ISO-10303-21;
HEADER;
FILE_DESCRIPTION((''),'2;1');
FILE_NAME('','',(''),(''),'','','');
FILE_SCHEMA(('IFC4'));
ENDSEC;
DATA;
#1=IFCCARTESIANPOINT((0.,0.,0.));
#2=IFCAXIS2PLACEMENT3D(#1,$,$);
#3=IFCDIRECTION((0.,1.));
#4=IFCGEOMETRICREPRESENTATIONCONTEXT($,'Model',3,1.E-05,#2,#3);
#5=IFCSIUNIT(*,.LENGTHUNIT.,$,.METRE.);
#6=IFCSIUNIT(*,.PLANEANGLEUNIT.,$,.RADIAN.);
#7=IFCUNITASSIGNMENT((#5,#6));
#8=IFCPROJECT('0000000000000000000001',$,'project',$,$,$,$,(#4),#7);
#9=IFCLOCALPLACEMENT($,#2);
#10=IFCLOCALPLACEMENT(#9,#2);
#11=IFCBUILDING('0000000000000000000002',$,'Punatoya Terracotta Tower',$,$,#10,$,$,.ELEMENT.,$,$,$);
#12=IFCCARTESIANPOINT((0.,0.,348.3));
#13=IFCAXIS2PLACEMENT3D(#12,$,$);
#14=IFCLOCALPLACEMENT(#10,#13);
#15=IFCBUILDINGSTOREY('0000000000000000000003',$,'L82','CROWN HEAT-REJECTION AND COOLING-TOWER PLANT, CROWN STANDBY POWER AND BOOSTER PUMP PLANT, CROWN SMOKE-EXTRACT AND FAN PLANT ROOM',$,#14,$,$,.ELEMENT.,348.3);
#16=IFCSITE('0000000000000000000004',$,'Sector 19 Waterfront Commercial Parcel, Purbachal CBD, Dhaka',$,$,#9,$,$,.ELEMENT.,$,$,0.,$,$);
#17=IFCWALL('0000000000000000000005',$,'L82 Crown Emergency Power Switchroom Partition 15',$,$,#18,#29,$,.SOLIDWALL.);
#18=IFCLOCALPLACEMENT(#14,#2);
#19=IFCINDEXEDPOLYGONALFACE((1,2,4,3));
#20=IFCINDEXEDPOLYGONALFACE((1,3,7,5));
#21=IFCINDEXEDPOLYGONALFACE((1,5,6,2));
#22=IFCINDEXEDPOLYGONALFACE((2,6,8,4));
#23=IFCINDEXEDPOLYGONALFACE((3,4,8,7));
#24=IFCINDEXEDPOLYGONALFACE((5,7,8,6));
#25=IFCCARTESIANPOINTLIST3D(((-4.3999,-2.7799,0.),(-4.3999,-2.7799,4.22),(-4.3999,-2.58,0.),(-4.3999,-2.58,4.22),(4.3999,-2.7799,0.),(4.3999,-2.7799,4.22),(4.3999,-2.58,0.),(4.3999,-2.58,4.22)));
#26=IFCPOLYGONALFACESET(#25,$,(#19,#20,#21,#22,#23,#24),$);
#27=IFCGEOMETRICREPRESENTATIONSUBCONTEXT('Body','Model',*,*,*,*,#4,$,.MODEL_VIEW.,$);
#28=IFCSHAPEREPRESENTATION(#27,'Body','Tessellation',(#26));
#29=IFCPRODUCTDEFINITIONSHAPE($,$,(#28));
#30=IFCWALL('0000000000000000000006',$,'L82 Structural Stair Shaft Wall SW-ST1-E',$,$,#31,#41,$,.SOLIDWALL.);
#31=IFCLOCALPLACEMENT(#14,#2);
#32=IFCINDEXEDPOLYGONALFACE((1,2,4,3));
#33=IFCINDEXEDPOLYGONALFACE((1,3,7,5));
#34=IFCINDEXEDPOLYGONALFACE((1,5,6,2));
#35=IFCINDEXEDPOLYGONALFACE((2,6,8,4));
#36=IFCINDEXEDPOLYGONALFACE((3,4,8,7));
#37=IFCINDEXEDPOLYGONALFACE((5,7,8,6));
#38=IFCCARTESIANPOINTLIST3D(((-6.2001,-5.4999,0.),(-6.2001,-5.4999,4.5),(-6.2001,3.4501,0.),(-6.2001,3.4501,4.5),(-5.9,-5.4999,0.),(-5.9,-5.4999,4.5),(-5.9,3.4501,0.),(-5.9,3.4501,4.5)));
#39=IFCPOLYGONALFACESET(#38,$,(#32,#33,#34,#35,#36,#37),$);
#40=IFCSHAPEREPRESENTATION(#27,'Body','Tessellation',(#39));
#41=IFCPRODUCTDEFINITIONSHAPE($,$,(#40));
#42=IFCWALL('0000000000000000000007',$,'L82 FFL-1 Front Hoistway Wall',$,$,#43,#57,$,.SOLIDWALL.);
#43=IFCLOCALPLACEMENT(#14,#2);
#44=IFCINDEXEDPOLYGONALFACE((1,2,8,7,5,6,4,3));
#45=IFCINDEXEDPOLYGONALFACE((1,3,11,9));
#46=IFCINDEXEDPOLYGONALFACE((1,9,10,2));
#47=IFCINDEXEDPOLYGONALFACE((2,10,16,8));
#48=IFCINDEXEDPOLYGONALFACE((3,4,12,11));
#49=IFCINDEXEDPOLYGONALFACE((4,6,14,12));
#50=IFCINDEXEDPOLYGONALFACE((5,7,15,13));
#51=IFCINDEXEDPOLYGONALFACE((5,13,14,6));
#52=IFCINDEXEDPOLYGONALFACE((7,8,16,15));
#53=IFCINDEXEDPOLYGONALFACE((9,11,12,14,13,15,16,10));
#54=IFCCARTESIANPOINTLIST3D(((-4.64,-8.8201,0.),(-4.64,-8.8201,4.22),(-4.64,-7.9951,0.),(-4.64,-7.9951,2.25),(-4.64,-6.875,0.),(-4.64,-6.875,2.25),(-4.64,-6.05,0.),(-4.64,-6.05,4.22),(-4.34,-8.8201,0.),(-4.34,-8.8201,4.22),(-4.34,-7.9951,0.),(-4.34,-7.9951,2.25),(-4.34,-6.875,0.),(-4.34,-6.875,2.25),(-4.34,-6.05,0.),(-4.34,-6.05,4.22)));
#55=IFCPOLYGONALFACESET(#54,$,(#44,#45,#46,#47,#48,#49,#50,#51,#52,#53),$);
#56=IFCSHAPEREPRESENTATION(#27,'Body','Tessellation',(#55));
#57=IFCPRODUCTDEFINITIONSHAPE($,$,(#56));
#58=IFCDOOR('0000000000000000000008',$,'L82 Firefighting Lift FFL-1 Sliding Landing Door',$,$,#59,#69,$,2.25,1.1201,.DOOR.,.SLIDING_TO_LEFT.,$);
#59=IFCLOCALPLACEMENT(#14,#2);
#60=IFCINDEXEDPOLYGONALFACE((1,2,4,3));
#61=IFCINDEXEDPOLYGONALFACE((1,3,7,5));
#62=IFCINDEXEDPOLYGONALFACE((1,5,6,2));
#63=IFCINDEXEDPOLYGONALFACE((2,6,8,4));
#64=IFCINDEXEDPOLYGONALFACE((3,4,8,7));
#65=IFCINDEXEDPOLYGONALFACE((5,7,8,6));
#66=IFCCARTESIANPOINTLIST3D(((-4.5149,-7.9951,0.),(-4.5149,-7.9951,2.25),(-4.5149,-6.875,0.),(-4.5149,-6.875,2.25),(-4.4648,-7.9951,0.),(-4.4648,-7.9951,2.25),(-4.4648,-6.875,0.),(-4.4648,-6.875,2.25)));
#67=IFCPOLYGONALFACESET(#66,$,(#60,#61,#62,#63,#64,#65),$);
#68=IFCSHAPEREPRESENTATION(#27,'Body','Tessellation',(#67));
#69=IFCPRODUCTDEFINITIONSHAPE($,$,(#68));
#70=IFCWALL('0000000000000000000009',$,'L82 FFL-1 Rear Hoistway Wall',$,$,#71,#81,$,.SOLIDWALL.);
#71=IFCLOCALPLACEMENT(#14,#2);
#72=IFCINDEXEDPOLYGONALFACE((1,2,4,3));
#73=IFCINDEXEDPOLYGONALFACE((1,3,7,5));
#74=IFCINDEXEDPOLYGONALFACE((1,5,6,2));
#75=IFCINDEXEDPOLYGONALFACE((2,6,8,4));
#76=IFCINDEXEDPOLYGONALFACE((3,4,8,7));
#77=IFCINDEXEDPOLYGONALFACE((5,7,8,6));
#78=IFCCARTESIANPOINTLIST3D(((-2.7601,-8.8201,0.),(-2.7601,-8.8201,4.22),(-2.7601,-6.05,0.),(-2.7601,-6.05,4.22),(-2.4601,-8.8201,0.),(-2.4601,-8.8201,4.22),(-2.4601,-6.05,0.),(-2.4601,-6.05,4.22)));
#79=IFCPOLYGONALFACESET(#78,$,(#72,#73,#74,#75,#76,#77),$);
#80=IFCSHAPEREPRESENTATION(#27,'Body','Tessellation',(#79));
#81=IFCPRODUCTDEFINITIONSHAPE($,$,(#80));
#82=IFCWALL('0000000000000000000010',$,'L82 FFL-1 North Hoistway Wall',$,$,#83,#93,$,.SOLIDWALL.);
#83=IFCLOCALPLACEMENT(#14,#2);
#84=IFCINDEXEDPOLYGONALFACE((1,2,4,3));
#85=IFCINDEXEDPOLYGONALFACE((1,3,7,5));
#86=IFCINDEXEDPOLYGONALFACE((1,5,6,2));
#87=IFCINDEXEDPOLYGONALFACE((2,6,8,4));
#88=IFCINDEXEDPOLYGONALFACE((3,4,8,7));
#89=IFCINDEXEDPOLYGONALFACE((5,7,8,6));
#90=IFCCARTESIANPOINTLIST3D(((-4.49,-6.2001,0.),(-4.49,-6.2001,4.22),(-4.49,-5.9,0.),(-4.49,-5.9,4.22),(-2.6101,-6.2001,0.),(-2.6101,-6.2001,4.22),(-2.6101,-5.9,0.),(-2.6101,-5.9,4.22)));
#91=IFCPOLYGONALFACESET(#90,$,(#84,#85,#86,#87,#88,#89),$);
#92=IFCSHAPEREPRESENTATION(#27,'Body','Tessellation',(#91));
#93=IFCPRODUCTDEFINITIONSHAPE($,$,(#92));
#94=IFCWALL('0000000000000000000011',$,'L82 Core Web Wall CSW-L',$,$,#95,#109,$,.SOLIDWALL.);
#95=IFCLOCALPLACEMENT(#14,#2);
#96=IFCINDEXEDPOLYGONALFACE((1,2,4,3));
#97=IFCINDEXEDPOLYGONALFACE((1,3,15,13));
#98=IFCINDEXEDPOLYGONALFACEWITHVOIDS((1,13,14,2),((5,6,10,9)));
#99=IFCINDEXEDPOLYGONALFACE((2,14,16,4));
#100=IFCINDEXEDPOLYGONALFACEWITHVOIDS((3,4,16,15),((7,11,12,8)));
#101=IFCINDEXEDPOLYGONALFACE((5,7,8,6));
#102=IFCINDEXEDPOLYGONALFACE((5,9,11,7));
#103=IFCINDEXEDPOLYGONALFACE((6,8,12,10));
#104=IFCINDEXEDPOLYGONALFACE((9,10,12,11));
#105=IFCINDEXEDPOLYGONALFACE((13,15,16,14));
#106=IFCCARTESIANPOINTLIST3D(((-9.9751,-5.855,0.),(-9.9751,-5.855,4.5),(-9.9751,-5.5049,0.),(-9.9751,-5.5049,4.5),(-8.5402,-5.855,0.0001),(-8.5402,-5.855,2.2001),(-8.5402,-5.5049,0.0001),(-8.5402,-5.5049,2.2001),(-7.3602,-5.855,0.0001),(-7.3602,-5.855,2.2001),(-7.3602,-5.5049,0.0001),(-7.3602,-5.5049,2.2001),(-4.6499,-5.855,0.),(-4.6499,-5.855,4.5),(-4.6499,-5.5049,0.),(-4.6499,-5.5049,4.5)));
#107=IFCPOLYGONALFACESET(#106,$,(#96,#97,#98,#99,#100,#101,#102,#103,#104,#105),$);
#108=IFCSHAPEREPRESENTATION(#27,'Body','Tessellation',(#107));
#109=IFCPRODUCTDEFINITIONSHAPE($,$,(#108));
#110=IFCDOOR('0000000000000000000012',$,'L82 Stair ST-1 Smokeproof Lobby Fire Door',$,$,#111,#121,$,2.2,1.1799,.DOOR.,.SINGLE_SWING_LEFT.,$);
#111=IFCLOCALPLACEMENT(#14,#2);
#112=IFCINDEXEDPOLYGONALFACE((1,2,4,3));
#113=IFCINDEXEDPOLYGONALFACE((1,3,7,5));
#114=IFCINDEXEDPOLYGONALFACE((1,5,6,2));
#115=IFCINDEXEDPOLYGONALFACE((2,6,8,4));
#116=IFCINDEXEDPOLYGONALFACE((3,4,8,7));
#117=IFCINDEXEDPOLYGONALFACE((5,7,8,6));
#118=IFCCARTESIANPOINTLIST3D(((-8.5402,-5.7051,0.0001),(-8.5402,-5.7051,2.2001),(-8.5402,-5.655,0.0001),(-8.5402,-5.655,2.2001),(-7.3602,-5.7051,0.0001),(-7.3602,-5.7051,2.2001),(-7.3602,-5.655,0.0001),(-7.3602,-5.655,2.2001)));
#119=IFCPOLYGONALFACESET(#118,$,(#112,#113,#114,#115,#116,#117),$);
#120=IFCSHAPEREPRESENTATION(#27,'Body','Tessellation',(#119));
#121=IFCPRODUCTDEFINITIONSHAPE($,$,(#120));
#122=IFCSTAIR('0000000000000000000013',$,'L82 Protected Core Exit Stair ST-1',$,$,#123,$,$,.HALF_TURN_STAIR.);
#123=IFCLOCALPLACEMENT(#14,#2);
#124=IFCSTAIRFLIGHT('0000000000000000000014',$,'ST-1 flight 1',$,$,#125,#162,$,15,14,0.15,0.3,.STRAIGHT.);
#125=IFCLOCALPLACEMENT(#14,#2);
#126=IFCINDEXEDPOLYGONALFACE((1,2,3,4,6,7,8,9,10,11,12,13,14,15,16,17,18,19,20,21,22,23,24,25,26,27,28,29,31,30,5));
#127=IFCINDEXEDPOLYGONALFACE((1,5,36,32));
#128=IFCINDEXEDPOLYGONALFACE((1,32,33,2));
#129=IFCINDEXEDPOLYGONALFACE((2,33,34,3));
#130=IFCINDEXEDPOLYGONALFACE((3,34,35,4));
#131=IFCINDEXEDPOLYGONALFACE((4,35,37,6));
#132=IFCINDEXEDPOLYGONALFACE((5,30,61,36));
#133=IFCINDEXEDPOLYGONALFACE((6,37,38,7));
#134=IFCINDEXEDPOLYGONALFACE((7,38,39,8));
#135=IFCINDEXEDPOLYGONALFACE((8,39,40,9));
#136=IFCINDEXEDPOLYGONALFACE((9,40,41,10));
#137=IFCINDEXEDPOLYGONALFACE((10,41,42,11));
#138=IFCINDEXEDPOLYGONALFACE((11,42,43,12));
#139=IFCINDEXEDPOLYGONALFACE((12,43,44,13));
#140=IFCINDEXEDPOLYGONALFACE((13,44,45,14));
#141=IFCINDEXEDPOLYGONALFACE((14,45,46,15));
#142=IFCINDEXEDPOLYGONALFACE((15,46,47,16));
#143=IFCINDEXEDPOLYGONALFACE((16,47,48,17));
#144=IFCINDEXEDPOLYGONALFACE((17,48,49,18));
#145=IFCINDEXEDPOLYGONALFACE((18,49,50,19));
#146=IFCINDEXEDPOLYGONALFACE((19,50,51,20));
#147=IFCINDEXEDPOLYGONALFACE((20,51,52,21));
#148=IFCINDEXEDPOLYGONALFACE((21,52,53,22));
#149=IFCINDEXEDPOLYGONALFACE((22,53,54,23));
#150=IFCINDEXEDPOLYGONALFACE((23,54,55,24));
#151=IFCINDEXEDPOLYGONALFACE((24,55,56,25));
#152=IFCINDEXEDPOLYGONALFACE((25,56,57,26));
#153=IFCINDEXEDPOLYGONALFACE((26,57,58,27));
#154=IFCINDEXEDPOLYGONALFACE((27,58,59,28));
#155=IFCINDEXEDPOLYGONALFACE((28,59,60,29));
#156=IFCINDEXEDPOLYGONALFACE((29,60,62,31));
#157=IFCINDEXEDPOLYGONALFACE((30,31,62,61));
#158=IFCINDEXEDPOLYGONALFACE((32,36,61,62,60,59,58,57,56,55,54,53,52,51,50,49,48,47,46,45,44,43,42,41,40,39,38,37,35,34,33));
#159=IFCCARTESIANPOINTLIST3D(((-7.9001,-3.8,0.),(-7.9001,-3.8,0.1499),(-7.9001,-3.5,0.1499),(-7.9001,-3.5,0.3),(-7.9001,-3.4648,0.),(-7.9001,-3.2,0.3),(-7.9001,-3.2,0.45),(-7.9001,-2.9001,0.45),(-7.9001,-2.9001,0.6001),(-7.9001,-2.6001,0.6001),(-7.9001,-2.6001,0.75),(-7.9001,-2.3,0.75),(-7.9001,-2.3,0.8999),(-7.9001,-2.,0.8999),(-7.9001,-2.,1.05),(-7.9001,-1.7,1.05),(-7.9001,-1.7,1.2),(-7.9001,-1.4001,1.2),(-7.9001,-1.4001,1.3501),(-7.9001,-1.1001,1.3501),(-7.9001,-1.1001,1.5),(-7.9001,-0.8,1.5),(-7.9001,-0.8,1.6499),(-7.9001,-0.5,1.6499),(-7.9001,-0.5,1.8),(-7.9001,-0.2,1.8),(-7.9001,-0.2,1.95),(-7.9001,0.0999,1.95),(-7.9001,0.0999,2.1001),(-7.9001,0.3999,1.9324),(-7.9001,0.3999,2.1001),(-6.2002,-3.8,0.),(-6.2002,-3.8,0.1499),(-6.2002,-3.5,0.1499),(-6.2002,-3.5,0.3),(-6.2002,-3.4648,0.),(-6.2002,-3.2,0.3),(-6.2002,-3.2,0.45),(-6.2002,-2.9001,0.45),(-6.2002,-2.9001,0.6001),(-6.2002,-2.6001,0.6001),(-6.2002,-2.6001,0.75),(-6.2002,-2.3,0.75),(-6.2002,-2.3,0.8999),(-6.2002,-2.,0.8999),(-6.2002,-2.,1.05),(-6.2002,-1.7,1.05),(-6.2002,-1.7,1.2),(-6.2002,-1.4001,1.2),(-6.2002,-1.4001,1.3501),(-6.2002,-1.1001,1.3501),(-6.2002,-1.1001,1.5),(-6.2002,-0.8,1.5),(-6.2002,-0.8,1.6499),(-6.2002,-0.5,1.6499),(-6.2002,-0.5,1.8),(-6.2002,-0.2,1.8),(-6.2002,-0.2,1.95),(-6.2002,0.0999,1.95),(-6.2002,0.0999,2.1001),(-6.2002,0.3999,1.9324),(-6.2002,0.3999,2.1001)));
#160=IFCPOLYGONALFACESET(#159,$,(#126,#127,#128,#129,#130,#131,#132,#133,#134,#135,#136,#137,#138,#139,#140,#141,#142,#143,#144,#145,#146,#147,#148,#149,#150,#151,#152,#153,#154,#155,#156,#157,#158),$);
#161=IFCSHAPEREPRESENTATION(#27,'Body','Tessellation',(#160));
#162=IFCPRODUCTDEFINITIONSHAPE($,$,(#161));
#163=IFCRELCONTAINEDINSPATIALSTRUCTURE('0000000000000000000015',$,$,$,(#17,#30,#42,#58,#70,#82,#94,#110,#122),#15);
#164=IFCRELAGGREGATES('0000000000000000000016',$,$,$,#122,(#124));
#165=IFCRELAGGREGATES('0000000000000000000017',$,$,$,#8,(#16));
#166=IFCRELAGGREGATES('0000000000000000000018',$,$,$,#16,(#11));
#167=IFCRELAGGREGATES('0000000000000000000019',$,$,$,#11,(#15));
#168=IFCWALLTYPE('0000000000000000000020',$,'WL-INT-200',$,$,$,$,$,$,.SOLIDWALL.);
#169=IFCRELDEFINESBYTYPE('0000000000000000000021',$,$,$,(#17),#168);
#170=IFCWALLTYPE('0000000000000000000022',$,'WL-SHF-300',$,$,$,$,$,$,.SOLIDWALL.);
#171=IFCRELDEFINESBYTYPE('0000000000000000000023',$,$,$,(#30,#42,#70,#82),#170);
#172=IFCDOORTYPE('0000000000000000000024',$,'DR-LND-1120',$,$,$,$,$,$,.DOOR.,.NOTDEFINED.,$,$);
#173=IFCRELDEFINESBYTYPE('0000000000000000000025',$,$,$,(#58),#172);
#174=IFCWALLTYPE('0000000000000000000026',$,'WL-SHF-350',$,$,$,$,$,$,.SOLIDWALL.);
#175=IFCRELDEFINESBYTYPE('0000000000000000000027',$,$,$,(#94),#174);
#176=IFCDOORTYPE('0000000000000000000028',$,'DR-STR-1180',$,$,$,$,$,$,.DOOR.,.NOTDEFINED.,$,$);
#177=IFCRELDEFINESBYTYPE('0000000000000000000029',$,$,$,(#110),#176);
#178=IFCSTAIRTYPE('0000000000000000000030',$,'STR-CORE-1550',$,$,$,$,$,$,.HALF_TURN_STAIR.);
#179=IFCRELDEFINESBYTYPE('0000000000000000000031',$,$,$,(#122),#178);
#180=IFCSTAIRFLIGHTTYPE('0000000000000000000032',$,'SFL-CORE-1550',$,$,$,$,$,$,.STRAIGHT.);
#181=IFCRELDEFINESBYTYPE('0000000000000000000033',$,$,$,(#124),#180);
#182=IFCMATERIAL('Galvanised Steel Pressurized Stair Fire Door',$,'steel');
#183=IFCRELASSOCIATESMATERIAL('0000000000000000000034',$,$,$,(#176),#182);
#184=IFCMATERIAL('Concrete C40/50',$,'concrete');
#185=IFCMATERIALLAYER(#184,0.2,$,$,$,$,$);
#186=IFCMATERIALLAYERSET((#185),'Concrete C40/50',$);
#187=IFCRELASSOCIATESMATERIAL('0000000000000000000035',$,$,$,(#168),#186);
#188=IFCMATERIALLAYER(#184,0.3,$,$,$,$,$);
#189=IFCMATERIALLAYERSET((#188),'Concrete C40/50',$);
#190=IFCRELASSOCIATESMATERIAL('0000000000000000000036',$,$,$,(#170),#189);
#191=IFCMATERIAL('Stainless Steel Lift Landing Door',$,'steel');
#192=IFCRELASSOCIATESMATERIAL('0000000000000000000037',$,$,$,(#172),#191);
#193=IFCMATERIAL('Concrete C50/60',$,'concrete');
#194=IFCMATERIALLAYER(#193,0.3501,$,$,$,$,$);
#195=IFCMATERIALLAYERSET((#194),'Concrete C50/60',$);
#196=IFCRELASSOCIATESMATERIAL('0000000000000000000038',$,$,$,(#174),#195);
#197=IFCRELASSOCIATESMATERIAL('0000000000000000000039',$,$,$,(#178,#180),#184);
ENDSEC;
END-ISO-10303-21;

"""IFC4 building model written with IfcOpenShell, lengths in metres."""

from ifc_helpers import new_model, si_unit, direction, frame, frame_2d, origin, place, context, subcontext, project, spatial, polyline, rectangle, outline, extrude, material, layer, layer_set, type_object, element, fill, aggregate, save


model = new_model("IFC4")

# Units and contexts
model_context = context("Model", 3, precision=1e-05, world=origin(), true_north=direction((0.0, 1.0)))
body_context = subcontext(model_context, "Body", "Model", "MODEL_VIEW")
ifc_project = project(units=[si_unit("LENGTHUNIT", "METRE"), si_unit("PLANEANGLEUNIT", "RADIAN")], contexts=[model_context])

# Site, building, storey
site_placement = place(None, origin())
site = spatial("IfcSite", under=ifc_project, at=site_placement, Name="Sector 19 Waterfront Commercial Parcel, Purbachal CBD, Dhaka", CompositionType="ELEMENT", RefElevation=0.0)
building_placement = place(site_placement, origin())
building = spatial("IfcBuilding", under=site, at=building_placement, Name="Punatoya Terracotta Tower", CompositionType="ELEMENT")
storey_placement = place(building_placement, frame((0.0, 0.0, 348.3)))
storey = spatial("IfcBuildingStorey", under=building, at=storey_placement, Name="L82", Description="CROWN HEAT-REJECTION AND COOLING-TOWER PLANT, CROWN STANDBY POWER AND BOOSTER PUMP PLANT, CROWN SMOKE-EXTRACT AND FAN PLANT ROOM", CompositionType="ELEMENT", Elevation=348.3)

# Shared definitions
ifc_material_1 = material(Name="Concrete C50/60", Category="concrete")

# Shared definitions
ifc_material_2 = material(Name="Concrete C40/50", Category="concrete")

# Shared definitions
ifc_material_3 = material(Name="Galvanised Steel Pressurized Stair Fire Door", Category="steel")
door_type_1 = type_object("IfcDoorType", Name="DR-STR-1180", OperationType="NOTDEFINED", PredefinedType="DOOR", material=ifc_material_3)

# Shared definitions
ifc_layer_1 = layer(ifc_material_2, 0.2)
ifc_layer_set_1 = layer_set([ifc_layer_1], Name="Concrete C40/50")
wall_type_1 = type_object("IfcWallType", Name="WL-INT-200", PredefinedType="SOLIDWALL", material=ifc_layer_set_1)

# Walls
wall_1_placement = place(storey_placement, frame((-4.3999, -2.6799, 0.0), z_axis=(0.0, 0.0, 1.0), x_axis=(1.0, 0.0, 0.0)))
element("IfcWall", 1, at=wall_1_placement, inside=storey, type_object=wall_type_1, Name="L82 Crown Emergency Power Switchroom Partition 15", PredefinedType="SOLIDWALL", context=body_context, shape_type="SweptSolid", body=[
    extrude(rectangle(XDim=8.7998, YDim=0.2, at=frame_2d((4.3999, 0.0))), origin(), (0.0, 0.0, 1.0), 4.22),
])
ifc_layer_2 = layer(ifc_material_2, 0.3)
ifc_layer_set_2 = layer_set([ifc_layer_2], Name="Concrete C40/50")
wall_type_2 = type_object("IfcWallType", Name="WL-SHF-300", PredefinedType="SOLIDWALL", material=ifc_layer_set_2)
wall_2_placement = place(storey_placement, frame((-6.05, -5.5, 0.0), z_axis=(0.0, 0.0, 1.0), x_axis=(0.0, 1.0, 0.0)))
element("IfcWall", 2, at=wall_2_placement, inside=storey, type_object=wall_type_2, Name="L82 Structural Stair Shaft Wall SW-ST1-E", PredefinedType="SOLIDWALL", context=body_context, shape_type="SweptSolid", body=[
    extrude(rectangle(XDim=8.95, YDim=0.3, at=frame_2d((4.4751, 0.0))), origin(), (0.0, 0.0, 1.0), 4.5),
])

# Wall, opening, door
wall_3_placement = place(storey_placement, frame((-4.49, -8.8201, 0.0), z_axis=(0.0, 0.0, 1.0), x_axis=(0.0, 1.0, 0.0)))
wall_3 = element("IfcWall", 3, at=wall_3_placement, inside=storey, type_object=wall_type_2, Name="L82 FFL-1 Front Hoistway Wall", PredefinedType="SOLIDWALL", context=body_context, shape_type="SweptSolid", body=[
    extrude(rectangle(XDim=2.77, YDim=0.3, at=frame_2d((1.385, 0.0))), origin(), (0.0, 0.0, 1.0), 4.22),
])
opening_1_placement = place(wall_3_placement, frame((0.825, 0.0, 0.0)))
opening_1 = element("IfcOpeningElement", 4, at=opening_1_placement, cuts=wall_3, PredefinedType="OPENING", context=body_context, shape_type="SweptSolid", body=[
    extrude(rectangle(XDim=1.1201, YDim=2.25, at=frame_2d((0.5601, 1.125))), frame((0.0, 0.1599, 0.0), z_axis=(0.0, -1.0, 0.0), x_axis=(1.0, 0.0, 0.0)), (0.0, 0.0, 1.0), 0.3201),
])
ifc_material_4 = material(Name="Stainless Steel Lift Landing Door", Category="steel")
door_type_2 = type_object("IfcDoorType", Name="DR-LND-1120", OperationType="NOTDEFINED", PredefinedType="DOOR", material=ifc_material_4)
door_1_placement = place(opening_1_placement, origin())
door_1 = element("IfcDoor", 5, at=door_1_placement, inside=storey, type_object=door_type_2, Name="L82 Firefighting Lift FFL-1 Sliding Landing Door", OperationType="SLIDING_TO_LEFT", OverallHeight=2.25, OverallWidth=1.1201, PredefinedType="DOOR", context=body_context, shape_type="SweptSolid", body=[
    extrude(rectangle(XDim=1.1201, YDim=2.25, at=frame_2d((0.5601, 1.125))), frame((0.0, 0.0249, 0.0), z_axis=(0.0, -1.0, 0.0), x_axis=(1.0, 0.0, 0.0)), (0.0, 0.0, 1.0), 0.05),
])
fill(opening_1, door_1)

# Walls
wall_4_placement = place(storey_placement, frame((-2.6101, -8.8201, 0.0), z_axis=(0.0, 0.0, 1.0), x_axis=(0.0, 1.0, 0.0)))
element("IfcWall", 6, at=wall_4_placement, inside=storey, type_object=wall_type_2, Name="L82 FFL-1 Rear Hoistway Wall", PredefinedType="SOLIDWALL", context=body_context, shape_type="SweptSolid", body=[
    extrude(rectangle(XDim=2.77, YDim=0.3, at=frame_2d((1.385, 0.0))), origin(), (0.0, 0.0, 1.0), 4.22),
])
wall_5_placement = place(storey_placement, frame((-4.49, -6.05, 0.0), z_axis=(0.0, 0.0, 1.0), x_axis=(1.0, 0.0, 0.0)))
element("IfcWall", 7, at=wall_5_placement, inside=storey, type_object=wall_type_2, Name="L82 FFL-1 North Hoistway Wall", PredefinedType="SOLIDWALL", context=body_context, shape_type="SweptSolid", body=[
    extrude(rectangle(XDim=1.8799, YDim=0.3, at=frame_2d((0.9399, 0.0))), origin(), (0.0, 0.0, 1.0), 4.22),
])

# Wall, opening, door
ifc_layer_3 = layer(ifc_material_1, 0.3501)
ifc_layer_set_3 = layer_set([ifc_layer_3], Name="Concrete C50/60")
wall_type_3 = type_object("IfcWallType", Name="WL-SHF-350", PredefinedType="SOLIDWALL", material=ifc_layer_set_3)
wall_6_placement = place(storey_placement, frame((-9.9751, -5.6799, 0.0), z_axis=(0.0, 0.0, 1.0), x_axis=(1.0, 0.0, 0.0)))
wall_6 = element("IfcWall", 8, at=wall_6_placement, inside=storey, type_object=wall_type_3, Name="L82 Core Web Wall CSW-L", PredefinedType="SOLIDWALL", context=body_context, shape_type="SweptSolid", body=[
    extrude(rectangle(XDim=5.3252, YDim=0.3501, at=frame_2d((2.6626, 0.0))), origin(), (0.0, 0.0, 1.0), 4.5),
])
opening_2_placement = place(wall_6_placement, frame((1.4351, 0.0, 0.0)))
opening_2 = element("IfcOpeningElement", 9, at=opening_2_placement, cuts=wall_6, PredefinedType="OPENING", context=body_context, shape_type="SweptSolid", body=[
    extrude(rectangle(XDim=1.1799, YDim=2.2, at=frame_2d((0.5898, 1.1001))), frame((0.0, 0.1851, 0.0), z_axis=(0.0, -1.0, 0.0), x_axis=(1.0, 0.0, 0.0)), (0.0, 0.0, 1.0), 0.3701),
])
door_2_placement = place(opening_2_placement, origin())
door_2 = element("IfcDoor", 10, at=door_2_placement, inside=storey, type_object=door_type_1, Name="L82 Stair ST-1 Smokeproof Lobby Fire Door", OperationType="SINGLE_SWING_LEFT", OverallHeight=2.2, OverallWidth=1.1799, PredefinedType="DOOR", context=body_context, shape_type="SweptSolid", body=[
    extrude(rectangle(XDim=1.1799, YDim=2.2, at=frame_2d((0.5898, 1.1001))), frame((0.0, 0.0249, 0.0), z_axis=(0.0, -1.0, 0.0), x_axis=(1.0, 0.0, 0.0)), (0.0, 0.0, 1.0), 0.05),
])
fill(opening_2, door_2)

# Stair, stair flight
stair_type = type_object("IfcStairType", Name="STR-CORE-1550", PredefinedType="HALF_TURN_STAIR", material=ifc_material_2)
stair_placement = place(storey_placement, origin())
stair = element("IfcStair", 11, at=stair_placement, inside=storey, type_object=stair_type, Name="L82 Protected Core Exit Stair ST-1", PredefinedType="HALF_TURN_STAIR")
stair_flight_type = type_object("IfcStairFlightType", Name="SFL-CORE-1550", PredefinedType="STRAIGHT", material=ifc_material_2)
stair_flight_placement = place(storey_placement, frame((-7.05, -3.8, 0.0), z_axis=(0.0, 0.0, 1.0), x_axis=(0.0, 1.0, 0.0)))
stair_flight = element("IfcStairFlight", 12, at=stair_flight_placement, type_object=stair_flight_type, Name="ST-1 flight 1", NumberOfRisers=15, NumberOfTreads=14, PredefinedType="STRAIGHT", RiserHeight=0.15, TreadLength=0.3, context=body_context, shape_type="SweptSolid", body=[
    extrude(outline(polyline([(0.0, 0.0), (0.0, 0.1499), (0.3, 0.1499), (0.3, 0.3), (0.6001, 0.3), (0.6001, 0.45), (0.8999, 0.45), (0.8999, 0.6001), (1.2, 0.6001), (1.2, 0.75), (1.5, 0.75), (1.5, 0.8999), (1.8, 0.8999), (1.8, 1.05), (2.1001, 1.05), (2.1001, 1.2), (2.3999, 1.2), (2.3999, 1.3501), (2.7, 1.3501), (2.7, 1.5), (3.0, 1.5), (3.0, 1.6499), (3.3, 1.6499), (3.3, 1.8), (3.6001, 1.8), (3.6001, 1.95), (3.8999, 1.95), (3.8999, 2.1001), (4.2, 2.1001), (4.2, 2.25), (4.2, 1.9324), (0.3352, 0.0), (0.0, 0.0)])), frame((0.0, 0.8501, 0.0), z_axis=(0.0, -1.0, 0.0), x_axis=(1.0, 0.0, 0.0)), (0.0, 0.0, 1.0), 1.7),
])
aggregate(stair, [stair_flight])

save(model, "model.ifc")
